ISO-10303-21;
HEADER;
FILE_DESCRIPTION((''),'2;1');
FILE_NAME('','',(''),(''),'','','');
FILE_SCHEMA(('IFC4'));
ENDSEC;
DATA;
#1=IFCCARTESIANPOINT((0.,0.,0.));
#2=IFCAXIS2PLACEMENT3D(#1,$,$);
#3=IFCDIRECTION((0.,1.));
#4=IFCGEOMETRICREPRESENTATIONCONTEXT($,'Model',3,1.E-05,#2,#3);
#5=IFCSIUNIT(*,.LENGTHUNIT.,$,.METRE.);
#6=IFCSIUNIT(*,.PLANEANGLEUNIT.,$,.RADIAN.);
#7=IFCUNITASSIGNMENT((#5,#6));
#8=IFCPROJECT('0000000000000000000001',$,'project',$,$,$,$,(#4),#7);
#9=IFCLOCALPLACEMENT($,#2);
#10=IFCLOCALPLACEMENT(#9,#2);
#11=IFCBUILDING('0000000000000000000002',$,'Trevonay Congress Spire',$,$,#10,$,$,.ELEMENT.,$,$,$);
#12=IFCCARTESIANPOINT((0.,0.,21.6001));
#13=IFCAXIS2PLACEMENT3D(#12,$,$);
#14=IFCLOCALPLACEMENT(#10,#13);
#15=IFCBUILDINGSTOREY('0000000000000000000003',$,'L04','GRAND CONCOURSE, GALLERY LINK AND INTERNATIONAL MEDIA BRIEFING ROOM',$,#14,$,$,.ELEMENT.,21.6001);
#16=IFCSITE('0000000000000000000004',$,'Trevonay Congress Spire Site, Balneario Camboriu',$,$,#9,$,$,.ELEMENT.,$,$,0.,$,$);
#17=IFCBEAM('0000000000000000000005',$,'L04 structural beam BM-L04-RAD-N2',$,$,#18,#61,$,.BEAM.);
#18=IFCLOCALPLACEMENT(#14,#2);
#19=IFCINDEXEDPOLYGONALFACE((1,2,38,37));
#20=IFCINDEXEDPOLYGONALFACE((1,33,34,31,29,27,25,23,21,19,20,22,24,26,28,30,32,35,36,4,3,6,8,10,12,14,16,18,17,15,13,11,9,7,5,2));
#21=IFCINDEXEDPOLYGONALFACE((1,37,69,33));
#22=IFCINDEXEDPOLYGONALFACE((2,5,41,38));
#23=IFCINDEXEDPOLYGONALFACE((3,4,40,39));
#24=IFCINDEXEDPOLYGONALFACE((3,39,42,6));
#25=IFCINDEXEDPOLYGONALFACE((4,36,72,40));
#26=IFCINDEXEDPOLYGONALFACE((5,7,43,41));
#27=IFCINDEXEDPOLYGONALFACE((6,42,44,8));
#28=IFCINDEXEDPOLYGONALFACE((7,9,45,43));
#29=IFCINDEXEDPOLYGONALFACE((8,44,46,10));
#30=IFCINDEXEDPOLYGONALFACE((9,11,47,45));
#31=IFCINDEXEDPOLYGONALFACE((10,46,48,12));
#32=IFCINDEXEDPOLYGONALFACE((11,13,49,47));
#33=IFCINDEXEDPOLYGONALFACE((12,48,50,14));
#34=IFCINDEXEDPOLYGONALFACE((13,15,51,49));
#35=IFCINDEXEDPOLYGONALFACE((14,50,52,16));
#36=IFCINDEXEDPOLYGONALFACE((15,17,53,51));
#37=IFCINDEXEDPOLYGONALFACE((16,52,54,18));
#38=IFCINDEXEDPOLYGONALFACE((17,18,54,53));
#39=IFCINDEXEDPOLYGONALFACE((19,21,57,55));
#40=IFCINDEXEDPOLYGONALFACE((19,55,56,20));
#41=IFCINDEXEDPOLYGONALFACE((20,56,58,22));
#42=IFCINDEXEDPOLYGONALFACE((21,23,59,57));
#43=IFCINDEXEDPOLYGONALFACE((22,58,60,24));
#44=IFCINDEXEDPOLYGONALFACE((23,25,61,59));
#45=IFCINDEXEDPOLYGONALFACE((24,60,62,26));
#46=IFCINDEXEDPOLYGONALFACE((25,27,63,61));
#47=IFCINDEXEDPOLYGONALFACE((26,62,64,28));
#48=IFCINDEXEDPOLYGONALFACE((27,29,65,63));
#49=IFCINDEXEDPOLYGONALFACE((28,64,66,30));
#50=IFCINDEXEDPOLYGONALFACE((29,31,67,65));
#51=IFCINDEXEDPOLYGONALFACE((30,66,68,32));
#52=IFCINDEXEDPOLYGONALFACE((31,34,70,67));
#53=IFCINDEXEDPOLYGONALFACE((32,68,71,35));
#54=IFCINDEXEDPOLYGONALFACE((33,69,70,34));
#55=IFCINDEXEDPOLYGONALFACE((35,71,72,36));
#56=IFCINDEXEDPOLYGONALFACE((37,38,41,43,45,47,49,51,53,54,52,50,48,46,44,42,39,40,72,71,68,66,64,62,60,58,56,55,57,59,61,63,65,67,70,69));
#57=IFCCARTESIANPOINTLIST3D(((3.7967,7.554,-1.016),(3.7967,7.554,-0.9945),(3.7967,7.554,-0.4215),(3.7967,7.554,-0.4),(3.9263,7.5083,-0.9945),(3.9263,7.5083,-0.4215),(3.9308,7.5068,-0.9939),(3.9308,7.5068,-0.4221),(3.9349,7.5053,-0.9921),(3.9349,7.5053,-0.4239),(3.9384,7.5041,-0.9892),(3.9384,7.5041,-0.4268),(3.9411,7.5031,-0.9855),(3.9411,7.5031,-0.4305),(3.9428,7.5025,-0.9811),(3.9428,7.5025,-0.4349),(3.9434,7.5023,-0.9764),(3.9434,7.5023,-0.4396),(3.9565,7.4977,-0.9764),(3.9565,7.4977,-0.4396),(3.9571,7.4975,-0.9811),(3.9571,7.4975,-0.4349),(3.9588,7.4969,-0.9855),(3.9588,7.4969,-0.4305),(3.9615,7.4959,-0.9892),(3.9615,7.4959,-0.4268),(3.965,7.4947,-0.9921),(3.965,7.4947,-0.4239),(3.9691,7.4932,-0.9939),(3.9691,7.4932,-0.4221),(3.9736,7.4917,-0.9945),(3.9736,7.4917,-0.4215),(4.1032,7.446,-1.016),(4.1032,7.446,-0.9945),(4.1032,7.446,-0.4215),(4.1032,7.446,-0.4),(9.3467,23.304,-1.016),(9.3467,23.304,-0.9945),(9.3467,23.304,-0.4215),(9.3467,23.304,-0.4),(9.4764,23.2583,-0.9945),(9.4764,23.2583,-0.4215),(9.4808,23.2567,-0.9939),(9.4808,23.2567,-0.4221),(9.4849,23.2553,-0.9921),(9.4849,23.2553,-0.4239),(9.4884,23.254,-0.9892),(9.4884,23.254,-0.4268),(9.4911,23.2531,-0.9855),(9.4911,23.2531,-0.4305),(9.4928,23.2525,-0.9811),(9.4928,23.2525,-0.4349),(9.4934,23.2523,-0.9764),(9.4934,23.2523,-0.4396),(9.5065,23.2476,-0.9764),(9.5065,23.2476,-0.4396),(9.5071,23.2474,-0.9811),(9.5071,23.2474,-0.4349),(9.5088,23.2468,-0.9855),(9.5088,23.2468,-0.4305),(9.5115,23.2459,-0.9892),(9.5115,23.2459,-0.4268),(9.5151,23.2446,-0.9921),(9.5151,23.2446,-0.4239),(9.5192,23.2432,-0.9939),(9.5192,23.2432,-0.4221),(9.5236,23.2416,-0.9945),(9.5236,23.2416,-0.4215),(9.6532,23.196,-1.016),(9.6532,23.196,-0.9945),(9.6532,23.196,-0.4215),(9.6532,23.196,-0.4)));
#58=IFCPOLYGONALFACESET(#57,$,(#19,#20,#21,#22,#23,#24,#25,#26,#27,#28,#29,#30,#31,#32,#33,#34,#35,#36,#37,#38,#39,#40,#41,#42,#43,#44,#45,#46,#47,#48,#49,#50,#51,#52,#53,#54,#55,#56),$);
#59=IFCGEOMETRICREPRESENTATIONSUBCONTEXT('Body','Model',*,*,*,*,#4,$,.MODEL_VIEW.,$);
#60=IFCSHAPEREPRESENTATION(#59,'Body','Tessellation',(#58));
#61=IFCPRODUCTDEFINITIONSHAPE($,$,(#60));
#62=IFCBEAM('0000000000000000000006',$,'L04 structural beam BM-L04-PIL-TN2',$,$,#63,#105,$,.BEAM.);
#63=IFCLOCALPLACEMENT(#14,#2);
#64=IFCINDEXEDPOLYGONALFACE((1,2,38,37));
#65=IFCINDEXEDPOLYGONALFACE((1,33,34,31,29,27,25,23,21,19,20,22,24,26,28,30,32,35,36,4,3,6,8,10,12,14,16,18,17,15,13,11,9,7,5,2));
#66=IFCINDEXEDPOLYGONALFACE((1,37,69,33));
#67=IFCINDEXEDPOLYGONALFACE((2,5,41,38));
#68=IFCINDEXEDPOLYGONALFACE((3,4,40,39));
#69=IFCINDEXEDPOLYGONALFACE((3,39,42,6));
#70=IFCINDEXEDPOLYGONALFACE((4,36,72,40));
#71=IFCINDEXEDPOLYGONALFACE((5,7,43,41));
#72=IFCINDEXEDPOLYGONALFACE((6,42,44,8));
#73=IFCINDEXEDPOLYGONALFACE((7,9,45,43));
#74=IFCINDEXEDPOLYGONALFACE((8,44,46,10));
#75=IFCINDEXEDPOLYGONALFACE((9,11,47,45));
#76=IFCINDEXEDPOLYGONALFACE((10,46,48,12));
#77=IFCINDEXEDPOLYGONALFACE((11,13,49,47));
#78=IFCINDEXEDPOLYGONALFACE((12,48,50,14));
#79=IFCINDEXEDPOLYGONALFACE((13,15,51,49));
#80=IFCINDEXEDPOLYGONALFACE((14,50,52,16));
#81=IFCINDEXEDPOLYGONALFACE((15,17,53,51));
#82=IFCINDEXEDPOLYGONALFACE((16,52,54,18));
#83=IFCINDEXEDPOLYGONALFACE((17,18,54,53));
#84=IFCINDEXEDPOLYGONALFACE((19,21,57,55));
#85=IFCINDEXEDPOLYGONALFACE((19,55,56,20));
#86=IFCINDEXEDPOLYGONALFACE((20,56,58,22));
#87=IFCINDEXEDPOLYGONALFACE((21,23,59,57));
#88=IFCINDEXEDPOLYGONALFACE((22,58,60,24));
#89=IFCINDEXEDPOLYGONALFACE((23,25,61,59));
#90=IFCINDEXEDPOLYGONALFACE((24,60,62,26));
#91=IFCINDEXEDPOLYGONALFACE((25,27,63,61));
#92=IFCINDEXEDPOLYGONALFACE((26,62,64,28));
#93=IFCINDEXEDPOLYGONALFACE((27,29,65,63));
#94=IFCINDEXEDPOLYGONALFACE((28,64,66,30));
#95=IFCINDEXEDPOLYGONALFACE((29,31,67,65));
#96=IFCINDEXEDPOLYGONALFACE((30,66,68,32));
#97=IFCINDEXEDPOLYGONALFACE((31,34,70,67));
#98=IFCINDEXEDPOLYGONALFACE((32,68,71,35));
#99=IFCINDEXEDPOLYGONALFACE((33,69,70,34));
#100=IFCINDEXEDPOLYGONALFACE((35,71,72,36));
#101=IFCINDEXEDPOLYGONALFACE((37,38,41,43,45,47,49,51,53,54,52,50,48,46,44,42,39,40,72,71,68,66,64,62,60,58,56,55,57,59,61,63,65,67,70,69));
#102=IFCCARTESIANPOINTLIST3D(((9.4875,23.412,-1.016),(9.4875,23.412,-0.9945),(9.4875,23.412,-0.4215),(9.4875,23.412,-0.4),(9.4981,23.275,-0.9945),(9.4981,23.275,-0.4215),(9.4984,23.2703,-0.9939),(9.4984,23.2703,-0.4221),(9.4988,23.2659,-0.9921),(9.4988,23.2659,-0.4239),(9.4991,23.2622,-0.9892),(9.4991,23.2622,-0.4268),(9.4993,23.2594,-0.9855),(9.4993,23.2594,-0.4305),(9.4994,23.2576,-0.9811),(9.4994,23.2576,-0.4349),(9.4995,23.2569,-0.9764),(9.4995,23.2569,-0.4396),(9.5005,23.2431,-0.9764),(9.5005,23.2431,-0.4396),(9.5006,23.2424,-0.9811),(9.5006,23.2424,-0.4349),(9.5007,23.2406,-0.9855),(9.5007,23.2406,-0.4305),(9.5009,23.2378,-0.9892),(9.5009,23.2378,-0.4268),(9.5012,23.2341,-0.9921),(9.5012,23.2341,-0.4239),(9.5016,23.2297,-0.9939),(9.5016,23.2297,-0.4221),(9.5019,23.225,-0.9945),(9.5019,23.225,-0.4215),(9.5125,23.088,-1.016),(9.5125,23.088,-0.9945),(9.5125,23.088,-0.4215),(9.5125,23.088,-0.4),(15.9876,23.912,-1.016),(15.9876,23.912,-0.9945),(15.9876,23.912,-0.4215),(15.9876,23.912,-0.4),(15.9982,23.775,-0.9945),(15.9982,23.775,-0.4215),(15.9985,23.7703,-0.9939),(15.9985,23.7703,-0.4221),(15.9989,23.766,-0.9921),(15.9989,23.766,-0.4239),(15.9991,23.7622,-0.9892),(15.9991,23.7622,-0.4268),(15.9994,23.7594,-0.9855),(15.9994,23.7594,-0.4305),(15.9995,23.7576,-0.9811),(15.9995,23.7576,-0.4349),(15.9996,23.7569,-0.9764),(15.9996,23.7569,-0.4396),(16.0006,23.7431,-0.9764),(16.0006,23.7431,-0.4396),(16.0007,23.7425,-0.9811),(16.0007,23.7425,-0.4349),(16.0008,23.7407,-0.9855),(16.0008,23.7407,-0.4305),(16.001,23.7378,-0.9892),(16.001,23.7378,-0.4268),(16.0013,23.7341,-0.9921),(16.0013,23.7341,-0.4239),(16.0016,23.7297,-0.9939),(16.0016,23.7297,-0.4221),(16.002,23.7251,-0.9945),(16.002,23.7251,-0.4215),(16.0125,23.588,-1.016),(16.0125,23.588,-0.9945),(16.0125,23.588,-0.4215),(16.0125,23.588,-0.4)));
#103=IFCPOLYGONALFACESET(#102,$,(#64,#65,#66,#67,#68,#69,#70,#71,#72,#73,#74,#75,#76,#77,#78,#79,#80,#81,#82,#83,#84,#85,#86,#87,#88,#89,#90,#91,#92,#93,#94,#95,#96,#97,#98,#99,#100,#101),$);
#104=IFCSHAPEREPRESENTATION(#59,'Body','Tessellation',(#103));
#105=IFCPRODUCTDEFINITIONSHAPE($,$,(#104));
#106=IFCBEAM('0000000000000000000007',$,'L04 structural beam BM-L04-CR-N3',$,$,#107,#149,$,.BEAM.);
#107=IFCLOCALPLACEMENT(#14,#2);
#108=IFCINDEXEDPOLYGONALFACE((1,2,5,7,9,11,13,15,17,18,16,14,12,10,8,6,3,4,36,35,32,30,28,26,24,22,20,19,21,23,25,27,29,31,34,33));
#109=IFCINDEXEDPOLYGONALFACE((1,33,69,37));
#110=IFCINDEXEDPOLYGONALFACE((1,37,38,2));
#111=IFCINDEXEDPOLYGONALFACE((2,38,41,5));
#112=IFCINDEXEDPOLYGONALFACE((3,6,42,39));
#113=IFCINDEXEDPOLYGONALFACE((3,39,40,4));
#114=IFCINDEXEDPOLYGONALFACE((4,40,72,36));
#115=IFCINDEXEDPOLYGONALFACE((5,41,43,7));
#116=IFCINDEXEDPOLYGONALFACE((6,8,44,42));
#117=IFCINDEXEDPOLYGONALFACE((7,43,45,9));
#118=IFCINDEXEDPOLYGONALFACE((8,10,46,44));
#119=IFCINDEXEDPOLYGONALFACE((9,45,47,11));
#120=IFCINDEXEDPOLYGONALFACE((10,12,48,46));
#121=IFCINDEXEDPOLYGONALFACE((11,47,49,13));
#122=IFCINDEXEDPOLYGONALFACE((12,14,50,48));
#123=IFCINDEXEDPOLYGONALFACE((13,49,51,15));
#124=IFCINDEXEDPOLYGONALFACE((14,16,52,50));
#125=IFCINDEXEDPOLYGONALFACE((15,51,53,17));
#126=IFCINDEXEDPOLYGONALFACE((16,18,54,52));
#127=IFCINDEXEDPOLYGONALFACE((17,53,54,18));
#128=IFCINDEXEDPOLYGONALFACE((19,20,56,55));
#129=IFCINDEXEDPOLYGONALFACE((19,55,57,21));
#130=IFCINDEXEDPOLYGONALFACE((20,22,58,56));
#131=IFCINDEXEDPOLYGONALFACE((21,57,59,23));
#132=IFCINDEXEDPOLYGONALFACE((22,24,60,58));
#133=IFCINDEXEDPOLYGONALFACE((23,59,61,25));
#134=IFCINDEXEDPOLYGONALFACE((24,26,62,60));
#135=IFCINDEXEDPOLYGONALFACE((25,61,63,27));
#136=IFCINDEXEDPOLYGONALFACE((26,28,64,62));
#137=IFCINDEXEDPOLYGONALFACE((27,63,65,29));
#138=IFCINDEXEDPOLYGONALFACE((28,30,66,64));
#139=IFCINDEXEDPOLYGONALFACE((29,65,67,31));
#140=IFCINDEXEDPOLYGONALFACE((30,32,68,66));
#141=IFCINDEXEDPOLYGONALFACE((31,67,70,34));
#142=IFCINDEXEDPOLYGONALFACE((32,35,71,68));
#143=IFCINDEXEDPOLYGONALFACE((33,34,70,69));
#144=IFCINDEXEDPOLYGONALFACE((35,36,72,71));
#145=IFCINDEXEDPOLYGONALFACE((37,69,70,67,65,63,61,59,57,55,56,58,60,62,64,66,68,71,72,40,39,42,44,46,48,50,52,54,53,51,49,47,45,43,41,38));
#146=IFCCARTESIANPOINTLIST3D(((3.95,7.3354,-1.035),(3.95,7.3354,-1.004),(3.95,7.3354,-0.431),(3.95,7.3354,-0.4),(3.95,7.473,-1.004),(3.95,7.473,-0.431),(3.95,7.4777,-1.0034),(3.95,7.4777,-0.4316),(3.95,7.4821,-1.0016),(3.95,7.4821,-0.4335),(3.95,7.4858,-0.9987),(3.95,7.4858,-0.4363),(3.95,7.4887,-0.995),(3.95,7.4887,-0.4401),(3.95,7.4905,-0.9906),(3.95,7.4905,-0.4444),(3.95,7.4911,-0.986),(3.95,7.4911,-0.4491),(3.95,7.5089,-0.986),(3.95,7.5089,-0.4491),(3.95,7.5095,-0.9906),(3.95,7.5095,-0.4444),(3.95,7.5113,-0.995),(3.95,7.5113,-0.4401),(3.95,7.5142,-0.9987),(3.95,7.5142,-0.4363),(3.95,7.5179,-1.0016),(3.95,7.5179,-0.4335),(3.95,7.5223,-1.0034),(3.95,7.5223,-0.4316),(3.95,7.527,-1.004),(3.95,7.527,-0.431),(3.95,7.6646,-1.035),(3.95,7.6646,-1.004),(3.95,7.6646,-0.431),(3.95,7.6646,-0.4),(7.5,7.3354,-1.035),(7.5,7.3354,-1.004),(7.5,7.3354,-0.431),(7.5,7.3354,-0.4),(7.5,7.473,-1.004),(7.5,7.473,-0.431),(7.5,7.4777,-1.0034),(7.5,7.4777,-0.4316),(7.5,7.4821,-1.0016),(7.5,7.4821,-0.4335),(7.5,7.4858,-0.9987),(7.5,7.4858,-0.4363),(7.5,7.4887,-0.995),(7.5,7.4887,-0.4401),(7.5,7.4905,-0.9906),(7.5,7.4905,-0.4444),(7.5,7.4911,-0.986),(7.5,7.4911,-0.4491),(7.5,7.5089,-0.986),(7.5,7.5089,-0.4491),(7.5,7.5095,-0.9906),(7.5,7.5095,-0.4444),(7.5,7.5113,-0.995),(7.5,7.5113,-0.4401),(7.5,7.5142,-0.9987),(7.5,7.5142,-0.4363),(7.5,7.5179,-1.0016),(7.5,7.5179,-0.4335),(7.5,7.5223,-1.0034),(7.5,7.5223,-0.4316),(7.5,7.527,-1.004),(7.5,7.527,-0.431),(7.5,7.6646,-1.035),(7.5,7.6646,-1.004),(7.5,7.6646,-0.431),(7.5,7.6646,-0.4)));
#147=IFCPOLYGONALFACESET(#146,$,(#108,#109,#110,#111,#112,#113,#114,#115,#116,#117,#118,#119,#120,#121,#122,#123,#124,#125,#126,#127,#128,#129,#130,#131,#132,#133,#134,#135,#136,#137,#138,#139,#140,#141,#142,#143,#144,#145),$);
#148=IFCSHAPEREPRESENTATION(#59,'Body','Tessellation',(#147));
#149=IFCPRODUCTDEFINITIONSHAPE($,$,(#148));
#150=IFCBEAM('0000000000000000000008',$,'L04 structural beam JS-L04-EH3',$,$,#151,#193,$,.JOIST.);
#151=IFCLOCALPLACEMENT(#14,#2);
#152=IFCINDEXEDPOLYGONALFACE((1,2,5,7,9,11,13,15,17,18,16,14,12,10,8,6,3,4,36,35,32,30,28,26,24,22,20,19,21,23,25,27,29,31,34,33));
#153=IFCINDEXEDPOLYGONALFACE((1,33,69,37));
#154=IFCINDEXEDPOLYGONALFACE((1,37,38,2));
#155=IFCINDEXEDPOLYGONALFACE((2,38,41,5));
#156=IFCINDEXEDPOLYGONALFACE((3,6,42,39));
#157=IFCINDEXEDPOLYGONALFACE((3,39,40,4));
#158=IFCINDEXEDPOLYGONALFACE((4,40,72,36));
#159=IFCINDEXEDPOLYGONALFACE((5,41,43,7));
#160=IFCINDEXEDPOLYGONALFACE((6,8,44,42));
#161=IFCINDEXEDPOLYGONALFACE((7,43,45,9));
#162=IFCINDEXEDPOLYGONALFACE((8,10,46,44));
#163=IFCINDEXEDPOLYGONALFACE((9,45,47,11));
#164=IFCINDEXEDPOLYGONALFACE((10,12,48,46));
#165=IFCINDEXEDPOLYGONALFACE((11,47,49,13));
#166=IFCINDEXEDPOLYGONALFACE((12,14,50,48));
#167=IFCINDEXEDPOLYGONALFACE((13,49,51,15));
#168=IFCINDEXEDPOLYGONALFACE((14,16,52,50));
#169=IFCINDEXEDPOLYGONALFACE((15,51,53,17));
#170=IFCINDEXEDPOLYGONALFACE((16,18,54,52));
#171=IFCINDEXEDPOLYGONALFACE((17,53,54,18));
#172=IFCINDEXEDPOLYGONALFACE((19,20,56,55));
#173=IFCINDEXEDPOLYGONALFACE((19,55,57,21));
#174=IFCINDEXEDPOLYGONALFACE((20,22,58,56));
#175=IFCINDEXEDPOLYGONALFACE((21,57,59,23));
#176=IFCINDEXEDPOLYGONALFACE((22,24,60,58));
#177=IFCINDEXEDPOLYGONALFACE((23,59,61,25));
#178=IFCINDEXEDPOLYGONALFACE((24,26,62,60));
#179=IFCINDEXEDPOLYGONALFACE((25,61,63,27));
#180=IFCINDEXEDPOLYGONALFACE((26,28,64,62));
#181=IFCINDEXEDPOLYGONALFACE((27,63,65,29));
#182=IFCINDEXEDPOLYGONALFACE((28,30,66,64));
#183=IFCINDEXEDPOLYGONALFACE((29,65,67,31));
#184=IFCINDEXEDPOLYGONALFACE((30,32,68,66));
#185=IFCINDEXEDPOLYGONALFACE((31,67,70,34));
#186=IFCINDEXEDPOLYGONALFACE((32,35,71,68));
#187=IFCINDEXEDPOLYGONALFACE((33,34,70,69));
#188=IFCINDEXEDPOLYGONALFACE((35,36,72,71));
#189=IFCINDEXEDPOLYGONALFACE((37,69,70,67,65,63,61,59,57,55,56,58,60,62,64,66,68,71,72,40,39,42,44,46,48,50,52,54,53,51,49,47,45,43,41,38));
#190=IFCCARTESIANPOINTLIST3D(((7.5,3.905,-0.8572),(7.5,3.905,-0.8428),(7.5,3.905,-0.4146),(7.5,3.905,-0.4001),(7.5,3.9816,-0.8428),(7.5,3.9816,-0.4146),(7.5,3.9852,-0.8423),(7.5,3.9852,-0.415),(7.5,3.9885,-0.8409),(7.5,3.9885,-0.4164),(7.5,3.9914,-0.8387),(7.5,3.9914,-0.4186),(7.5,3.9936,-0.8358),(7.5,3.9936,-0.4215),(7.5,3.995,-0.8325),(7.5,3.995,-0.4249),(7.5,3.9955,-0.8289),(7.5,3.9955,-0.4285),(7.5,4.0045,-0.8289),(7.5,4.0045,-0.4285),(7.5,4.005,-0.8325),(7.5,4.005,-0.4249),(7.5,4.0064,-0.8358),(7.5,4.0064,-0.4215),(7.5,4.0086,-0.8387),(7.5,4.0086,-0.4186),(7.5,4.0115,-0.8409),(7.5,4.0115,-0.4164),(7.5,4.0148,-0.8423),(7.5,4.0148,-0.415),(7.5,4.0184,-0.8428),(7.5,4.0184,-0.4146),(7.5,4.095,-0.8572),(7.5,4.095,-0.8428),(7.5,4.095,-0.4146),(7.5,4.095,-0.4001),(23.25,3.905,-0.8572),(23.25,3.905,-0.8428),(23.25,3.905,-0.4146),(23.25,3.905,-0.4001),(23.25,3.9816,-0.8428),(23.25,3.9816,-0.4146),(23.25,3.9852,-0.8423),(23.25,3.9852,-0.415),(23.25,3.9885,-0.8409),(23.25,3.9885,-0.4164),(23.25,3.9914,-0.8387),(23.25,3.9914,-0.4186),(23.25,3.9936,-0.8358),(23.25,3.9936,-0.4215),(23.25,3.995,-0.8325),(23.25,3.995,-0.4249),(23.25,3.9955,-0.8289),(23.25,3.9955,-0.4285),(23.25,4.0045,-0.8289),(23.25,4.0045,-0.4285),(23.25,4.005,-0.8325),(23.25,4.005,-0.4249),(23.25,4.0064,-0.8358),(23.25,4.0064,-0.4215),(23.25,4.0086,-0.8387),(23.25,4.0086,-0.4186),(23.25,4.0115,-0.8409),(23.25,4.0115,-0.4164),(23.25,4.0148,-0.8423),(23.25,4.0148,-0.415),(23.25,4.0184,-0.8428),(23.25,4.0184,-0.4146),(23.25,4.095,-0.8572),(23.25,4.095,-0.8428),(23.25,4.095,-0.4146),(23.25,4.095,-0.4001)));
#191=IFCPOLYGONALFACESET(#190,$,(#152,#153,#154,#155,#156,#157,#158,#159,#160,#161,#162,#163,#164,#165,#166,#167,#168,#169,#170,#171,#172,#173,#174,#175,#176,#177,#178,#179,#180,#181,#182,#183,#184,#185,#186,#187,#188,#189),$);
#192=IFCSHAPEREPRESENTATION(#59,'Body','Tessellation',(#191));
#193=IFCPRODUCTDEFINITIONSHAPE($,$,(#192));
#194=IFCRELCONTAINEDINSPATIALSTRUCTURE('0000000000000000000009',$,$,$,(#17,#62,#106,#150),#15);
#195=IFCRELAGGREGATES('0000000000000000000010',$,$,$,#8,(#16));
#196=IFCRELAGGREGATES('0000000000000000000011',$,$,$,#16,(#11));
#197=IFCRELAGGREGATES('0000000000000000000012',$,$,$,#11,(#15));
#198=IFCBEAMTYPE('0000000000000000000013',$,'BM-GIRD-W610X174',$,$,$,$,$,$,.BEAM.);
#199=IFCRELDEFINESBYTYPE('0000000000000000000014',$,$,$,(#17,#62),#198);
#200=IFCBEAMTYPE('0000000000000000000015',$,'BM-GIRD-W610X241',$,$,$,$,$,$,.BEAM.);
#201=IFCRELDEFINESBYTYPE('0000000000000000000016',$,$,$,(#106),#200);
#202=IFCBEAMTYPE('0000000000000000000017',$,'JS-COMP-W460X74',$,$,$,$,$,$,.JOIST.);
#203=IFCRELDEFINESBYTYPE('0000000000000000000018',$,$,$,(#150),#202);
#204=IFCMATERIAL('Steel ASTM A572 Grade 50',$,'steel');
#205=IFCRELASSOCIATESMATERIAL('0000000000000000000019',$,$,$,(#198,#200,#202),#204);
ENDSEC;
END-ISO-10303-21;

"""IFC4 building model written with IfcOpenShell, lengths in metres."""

from ifc_helpers import new_model, si_unit, direction, frame, origin, origin_2d, place, context, subcontext, project, spatial, i_section, extrude, material, material_profile, profile_set, type_object, element, save


model = new_model("IFC4")

# Units and contexts
model_context = context("Model", 3, precision=1e-05, world=origin(), true_north=direction((0.0, 1.0)))
body_context = subcontext(model_context, "Body", "Model", "MODEL_VIEW")
ifc_project = project(units=[si_unit("LENGTHUNIT", "METRE"), si_unit("PLANEANGLEUNIT", "RADIAN")], contexts=[model_context])

# Site, building, storey
site_placement = place(None, origin())
site = spatial("IfcSite", under=ifc_project, at=site_placement, Name="Trevonay Congress Spire Site, Balneario Camboriu", CompositionType="ELEMENT", RefElevation=0.0)
building_placement = place(site_placement, origin())
building = spatial("IfcBuilding", under=site, at=building_placement, Name="Trevonay Congress Spire", CompositionType="ELEMENT")
storey_placement = place(building_placement, frame((0.0, 0.0, 21.6001)))
storey = spatial("IfcBuildingStorey", under=building, at=storey_placement, Name="L04", Description="GRAND CONCOURSE, GALLERY LINK AND INTERNATIONAL MEDIA BRIEFING ROOM", CompositionType="ELEMENT", Elevation=21.6001)

# Shared definitions
ifc_material_1 = material(Name="Steel ASTM A572 Grade 50", Category="steel")

# Beams
ifc_material_profile_1 = material_profile(ifc_material_1, i_section(OverallWidth=0.325, OverallDepth=0.616, WebThickness=0.0139, FlangeThickness=0.0215, FilletRadius=0.0181, at=origin_2d()), Name="W610x174")
ifc_profile_set_1 = profile_set([ifc_material_profile_1], Name="Steel ASTM A572 Grade 50")
beam_type_1 = type_object("IfcBeamType", Name="BM-GIRD-W610X174", PredefinedType="BEAM", material=ifc_profile_set_1)
beam_1_placement = place(storey_placement, frame((3.95, 7.5, -0.708), z_axis=(0.332353, 0.943155, 0.0), x_axis=(-0.943155, 0.332353, 0.0)))
element("IfcBeam", 1, at=beam_1_placement, inside=storey, type_object=beam_type_1, Name="L04 structural beam BM-L04-RAD-N2", PredefinedType="BEAM", context=body_context, shape_type="SweptSolid", body=[
    extrude(i_section(OverallWidth=0.325, OverallDepth=0.616, WebThickness=0.0139, FlangeThickness=0.0215, FilletRadius=0.0181, at=origin_2d()), origin(), (0.0, 0.0, 1.0), 16.6992),
])
beam_2_placement = place(storey_placement, frame((9.5, 23.25, -0.708), z_axis=(0.997054, 0.076696, 0.0), x_axis=(-0.076696, 0.997054, 0.0)))
element("IfcBeam", 2, at=beam_2_placement, inside=storey, type_object=beam_type_1, Name="L04 structural beam BM-L04-PIL-TN2", PredefinedType="BEAM", context=body_context, shape_type="SweptSolid", body=[
    extrude(i_section(OverallWidth=0.325, OverallDepth=0.616, WebThickness=0.0139, FlangeThickness=0.0215, FilletRadius=0.0181, at=origin_2d()), origin(), (0.0, 0.0, 1.0), 6.5193),
])
ifc_material_profile_2 = material_profile(ifc_material_1, i_section(OverallWidth=0.3291, OverallDepth=0.635, WebThickness=0.0178, FlangeThickness=0.031, FilletRadius=0.0181, at=origin_2d()), Name="W610x241")
ifc_profile_set_2 = profile_set([ifc_material_profile_2], Name="Steel ASTM A572 Grade 50")
beam_type_2 = type_object("IfcBeamType", Name="BM-GIRD-W610X241", PredefinedType="BEAM", material=ifc_profile_set_2)
beam_3_placement = place(storey_placement, frame((3.95, 7.5, -0.7175), z_axis=(1.0, 0.0, 0.0), x_axis=(0.0, 1.0, 0.0)))
element("IfcBeam", 3, at=beam_3_placement, inside=storey, type_object=beam_type_2, Name="L04 structural beam BM-L04-CR-N3", PredefinedType="BEAM", context=body_context, shape_type="SweptSolid", body=[
    extrude(i_section(OverallWidth=0.3291, OverallDepth=0.635, WebThickness=0.0178, FlangeThickness=0.031, FilletRadius=0.0181, at=origin_2d()), origin(), (0.0, 0.0, 1.0), 3.55),
])
ifc_material_profile_3 = material_profile(ifc_material_1, i_section(OverallWidth=0.1899, OverallDepth=0.457, WebThickness=0.009, FlangeThickness=0.0144, FilletRadius=0.0139, at=origin_2d()), Name="W460x74")
ifc_profile_set_3 = profile_set([ifc_material_profile_3], Name="Steel ASTM A572 Grade 50")
beam_type_3 = type_object("IfcBeamType", Name="JS-COMP-W460X74", PredefinedType="JOIST", material=ifc_profile_set_3)
for number, where, z_axis, x_axis, name in (
    (4, (7.5, 4.0, -0.6287), (1.0, 0.0, 0.0), (0.0, 1.0, 0.0), "L04 structural beam JS-L04-EH3"),
):
    element("IfcBeam", number, at=place(storey_placement, frame(where, z_axis=z_axis, x_axis=x_axis)), inside=storey, type_object=beam_type_3, Name=name, PredefinedType="JOIST", context=body_context, shape_type="SweptSolid", body=[
        extrude(i_section(OverallWidth=0.1899, OverallDepth=0.457, WebThickness=0.009, FlangeThickness=0.0144, FilletRadius=0.0139, at=origin_2d()), origin(), (0.0, 0.0, 1.0), 15.75),
    ])

save(model, "model.ifc")
